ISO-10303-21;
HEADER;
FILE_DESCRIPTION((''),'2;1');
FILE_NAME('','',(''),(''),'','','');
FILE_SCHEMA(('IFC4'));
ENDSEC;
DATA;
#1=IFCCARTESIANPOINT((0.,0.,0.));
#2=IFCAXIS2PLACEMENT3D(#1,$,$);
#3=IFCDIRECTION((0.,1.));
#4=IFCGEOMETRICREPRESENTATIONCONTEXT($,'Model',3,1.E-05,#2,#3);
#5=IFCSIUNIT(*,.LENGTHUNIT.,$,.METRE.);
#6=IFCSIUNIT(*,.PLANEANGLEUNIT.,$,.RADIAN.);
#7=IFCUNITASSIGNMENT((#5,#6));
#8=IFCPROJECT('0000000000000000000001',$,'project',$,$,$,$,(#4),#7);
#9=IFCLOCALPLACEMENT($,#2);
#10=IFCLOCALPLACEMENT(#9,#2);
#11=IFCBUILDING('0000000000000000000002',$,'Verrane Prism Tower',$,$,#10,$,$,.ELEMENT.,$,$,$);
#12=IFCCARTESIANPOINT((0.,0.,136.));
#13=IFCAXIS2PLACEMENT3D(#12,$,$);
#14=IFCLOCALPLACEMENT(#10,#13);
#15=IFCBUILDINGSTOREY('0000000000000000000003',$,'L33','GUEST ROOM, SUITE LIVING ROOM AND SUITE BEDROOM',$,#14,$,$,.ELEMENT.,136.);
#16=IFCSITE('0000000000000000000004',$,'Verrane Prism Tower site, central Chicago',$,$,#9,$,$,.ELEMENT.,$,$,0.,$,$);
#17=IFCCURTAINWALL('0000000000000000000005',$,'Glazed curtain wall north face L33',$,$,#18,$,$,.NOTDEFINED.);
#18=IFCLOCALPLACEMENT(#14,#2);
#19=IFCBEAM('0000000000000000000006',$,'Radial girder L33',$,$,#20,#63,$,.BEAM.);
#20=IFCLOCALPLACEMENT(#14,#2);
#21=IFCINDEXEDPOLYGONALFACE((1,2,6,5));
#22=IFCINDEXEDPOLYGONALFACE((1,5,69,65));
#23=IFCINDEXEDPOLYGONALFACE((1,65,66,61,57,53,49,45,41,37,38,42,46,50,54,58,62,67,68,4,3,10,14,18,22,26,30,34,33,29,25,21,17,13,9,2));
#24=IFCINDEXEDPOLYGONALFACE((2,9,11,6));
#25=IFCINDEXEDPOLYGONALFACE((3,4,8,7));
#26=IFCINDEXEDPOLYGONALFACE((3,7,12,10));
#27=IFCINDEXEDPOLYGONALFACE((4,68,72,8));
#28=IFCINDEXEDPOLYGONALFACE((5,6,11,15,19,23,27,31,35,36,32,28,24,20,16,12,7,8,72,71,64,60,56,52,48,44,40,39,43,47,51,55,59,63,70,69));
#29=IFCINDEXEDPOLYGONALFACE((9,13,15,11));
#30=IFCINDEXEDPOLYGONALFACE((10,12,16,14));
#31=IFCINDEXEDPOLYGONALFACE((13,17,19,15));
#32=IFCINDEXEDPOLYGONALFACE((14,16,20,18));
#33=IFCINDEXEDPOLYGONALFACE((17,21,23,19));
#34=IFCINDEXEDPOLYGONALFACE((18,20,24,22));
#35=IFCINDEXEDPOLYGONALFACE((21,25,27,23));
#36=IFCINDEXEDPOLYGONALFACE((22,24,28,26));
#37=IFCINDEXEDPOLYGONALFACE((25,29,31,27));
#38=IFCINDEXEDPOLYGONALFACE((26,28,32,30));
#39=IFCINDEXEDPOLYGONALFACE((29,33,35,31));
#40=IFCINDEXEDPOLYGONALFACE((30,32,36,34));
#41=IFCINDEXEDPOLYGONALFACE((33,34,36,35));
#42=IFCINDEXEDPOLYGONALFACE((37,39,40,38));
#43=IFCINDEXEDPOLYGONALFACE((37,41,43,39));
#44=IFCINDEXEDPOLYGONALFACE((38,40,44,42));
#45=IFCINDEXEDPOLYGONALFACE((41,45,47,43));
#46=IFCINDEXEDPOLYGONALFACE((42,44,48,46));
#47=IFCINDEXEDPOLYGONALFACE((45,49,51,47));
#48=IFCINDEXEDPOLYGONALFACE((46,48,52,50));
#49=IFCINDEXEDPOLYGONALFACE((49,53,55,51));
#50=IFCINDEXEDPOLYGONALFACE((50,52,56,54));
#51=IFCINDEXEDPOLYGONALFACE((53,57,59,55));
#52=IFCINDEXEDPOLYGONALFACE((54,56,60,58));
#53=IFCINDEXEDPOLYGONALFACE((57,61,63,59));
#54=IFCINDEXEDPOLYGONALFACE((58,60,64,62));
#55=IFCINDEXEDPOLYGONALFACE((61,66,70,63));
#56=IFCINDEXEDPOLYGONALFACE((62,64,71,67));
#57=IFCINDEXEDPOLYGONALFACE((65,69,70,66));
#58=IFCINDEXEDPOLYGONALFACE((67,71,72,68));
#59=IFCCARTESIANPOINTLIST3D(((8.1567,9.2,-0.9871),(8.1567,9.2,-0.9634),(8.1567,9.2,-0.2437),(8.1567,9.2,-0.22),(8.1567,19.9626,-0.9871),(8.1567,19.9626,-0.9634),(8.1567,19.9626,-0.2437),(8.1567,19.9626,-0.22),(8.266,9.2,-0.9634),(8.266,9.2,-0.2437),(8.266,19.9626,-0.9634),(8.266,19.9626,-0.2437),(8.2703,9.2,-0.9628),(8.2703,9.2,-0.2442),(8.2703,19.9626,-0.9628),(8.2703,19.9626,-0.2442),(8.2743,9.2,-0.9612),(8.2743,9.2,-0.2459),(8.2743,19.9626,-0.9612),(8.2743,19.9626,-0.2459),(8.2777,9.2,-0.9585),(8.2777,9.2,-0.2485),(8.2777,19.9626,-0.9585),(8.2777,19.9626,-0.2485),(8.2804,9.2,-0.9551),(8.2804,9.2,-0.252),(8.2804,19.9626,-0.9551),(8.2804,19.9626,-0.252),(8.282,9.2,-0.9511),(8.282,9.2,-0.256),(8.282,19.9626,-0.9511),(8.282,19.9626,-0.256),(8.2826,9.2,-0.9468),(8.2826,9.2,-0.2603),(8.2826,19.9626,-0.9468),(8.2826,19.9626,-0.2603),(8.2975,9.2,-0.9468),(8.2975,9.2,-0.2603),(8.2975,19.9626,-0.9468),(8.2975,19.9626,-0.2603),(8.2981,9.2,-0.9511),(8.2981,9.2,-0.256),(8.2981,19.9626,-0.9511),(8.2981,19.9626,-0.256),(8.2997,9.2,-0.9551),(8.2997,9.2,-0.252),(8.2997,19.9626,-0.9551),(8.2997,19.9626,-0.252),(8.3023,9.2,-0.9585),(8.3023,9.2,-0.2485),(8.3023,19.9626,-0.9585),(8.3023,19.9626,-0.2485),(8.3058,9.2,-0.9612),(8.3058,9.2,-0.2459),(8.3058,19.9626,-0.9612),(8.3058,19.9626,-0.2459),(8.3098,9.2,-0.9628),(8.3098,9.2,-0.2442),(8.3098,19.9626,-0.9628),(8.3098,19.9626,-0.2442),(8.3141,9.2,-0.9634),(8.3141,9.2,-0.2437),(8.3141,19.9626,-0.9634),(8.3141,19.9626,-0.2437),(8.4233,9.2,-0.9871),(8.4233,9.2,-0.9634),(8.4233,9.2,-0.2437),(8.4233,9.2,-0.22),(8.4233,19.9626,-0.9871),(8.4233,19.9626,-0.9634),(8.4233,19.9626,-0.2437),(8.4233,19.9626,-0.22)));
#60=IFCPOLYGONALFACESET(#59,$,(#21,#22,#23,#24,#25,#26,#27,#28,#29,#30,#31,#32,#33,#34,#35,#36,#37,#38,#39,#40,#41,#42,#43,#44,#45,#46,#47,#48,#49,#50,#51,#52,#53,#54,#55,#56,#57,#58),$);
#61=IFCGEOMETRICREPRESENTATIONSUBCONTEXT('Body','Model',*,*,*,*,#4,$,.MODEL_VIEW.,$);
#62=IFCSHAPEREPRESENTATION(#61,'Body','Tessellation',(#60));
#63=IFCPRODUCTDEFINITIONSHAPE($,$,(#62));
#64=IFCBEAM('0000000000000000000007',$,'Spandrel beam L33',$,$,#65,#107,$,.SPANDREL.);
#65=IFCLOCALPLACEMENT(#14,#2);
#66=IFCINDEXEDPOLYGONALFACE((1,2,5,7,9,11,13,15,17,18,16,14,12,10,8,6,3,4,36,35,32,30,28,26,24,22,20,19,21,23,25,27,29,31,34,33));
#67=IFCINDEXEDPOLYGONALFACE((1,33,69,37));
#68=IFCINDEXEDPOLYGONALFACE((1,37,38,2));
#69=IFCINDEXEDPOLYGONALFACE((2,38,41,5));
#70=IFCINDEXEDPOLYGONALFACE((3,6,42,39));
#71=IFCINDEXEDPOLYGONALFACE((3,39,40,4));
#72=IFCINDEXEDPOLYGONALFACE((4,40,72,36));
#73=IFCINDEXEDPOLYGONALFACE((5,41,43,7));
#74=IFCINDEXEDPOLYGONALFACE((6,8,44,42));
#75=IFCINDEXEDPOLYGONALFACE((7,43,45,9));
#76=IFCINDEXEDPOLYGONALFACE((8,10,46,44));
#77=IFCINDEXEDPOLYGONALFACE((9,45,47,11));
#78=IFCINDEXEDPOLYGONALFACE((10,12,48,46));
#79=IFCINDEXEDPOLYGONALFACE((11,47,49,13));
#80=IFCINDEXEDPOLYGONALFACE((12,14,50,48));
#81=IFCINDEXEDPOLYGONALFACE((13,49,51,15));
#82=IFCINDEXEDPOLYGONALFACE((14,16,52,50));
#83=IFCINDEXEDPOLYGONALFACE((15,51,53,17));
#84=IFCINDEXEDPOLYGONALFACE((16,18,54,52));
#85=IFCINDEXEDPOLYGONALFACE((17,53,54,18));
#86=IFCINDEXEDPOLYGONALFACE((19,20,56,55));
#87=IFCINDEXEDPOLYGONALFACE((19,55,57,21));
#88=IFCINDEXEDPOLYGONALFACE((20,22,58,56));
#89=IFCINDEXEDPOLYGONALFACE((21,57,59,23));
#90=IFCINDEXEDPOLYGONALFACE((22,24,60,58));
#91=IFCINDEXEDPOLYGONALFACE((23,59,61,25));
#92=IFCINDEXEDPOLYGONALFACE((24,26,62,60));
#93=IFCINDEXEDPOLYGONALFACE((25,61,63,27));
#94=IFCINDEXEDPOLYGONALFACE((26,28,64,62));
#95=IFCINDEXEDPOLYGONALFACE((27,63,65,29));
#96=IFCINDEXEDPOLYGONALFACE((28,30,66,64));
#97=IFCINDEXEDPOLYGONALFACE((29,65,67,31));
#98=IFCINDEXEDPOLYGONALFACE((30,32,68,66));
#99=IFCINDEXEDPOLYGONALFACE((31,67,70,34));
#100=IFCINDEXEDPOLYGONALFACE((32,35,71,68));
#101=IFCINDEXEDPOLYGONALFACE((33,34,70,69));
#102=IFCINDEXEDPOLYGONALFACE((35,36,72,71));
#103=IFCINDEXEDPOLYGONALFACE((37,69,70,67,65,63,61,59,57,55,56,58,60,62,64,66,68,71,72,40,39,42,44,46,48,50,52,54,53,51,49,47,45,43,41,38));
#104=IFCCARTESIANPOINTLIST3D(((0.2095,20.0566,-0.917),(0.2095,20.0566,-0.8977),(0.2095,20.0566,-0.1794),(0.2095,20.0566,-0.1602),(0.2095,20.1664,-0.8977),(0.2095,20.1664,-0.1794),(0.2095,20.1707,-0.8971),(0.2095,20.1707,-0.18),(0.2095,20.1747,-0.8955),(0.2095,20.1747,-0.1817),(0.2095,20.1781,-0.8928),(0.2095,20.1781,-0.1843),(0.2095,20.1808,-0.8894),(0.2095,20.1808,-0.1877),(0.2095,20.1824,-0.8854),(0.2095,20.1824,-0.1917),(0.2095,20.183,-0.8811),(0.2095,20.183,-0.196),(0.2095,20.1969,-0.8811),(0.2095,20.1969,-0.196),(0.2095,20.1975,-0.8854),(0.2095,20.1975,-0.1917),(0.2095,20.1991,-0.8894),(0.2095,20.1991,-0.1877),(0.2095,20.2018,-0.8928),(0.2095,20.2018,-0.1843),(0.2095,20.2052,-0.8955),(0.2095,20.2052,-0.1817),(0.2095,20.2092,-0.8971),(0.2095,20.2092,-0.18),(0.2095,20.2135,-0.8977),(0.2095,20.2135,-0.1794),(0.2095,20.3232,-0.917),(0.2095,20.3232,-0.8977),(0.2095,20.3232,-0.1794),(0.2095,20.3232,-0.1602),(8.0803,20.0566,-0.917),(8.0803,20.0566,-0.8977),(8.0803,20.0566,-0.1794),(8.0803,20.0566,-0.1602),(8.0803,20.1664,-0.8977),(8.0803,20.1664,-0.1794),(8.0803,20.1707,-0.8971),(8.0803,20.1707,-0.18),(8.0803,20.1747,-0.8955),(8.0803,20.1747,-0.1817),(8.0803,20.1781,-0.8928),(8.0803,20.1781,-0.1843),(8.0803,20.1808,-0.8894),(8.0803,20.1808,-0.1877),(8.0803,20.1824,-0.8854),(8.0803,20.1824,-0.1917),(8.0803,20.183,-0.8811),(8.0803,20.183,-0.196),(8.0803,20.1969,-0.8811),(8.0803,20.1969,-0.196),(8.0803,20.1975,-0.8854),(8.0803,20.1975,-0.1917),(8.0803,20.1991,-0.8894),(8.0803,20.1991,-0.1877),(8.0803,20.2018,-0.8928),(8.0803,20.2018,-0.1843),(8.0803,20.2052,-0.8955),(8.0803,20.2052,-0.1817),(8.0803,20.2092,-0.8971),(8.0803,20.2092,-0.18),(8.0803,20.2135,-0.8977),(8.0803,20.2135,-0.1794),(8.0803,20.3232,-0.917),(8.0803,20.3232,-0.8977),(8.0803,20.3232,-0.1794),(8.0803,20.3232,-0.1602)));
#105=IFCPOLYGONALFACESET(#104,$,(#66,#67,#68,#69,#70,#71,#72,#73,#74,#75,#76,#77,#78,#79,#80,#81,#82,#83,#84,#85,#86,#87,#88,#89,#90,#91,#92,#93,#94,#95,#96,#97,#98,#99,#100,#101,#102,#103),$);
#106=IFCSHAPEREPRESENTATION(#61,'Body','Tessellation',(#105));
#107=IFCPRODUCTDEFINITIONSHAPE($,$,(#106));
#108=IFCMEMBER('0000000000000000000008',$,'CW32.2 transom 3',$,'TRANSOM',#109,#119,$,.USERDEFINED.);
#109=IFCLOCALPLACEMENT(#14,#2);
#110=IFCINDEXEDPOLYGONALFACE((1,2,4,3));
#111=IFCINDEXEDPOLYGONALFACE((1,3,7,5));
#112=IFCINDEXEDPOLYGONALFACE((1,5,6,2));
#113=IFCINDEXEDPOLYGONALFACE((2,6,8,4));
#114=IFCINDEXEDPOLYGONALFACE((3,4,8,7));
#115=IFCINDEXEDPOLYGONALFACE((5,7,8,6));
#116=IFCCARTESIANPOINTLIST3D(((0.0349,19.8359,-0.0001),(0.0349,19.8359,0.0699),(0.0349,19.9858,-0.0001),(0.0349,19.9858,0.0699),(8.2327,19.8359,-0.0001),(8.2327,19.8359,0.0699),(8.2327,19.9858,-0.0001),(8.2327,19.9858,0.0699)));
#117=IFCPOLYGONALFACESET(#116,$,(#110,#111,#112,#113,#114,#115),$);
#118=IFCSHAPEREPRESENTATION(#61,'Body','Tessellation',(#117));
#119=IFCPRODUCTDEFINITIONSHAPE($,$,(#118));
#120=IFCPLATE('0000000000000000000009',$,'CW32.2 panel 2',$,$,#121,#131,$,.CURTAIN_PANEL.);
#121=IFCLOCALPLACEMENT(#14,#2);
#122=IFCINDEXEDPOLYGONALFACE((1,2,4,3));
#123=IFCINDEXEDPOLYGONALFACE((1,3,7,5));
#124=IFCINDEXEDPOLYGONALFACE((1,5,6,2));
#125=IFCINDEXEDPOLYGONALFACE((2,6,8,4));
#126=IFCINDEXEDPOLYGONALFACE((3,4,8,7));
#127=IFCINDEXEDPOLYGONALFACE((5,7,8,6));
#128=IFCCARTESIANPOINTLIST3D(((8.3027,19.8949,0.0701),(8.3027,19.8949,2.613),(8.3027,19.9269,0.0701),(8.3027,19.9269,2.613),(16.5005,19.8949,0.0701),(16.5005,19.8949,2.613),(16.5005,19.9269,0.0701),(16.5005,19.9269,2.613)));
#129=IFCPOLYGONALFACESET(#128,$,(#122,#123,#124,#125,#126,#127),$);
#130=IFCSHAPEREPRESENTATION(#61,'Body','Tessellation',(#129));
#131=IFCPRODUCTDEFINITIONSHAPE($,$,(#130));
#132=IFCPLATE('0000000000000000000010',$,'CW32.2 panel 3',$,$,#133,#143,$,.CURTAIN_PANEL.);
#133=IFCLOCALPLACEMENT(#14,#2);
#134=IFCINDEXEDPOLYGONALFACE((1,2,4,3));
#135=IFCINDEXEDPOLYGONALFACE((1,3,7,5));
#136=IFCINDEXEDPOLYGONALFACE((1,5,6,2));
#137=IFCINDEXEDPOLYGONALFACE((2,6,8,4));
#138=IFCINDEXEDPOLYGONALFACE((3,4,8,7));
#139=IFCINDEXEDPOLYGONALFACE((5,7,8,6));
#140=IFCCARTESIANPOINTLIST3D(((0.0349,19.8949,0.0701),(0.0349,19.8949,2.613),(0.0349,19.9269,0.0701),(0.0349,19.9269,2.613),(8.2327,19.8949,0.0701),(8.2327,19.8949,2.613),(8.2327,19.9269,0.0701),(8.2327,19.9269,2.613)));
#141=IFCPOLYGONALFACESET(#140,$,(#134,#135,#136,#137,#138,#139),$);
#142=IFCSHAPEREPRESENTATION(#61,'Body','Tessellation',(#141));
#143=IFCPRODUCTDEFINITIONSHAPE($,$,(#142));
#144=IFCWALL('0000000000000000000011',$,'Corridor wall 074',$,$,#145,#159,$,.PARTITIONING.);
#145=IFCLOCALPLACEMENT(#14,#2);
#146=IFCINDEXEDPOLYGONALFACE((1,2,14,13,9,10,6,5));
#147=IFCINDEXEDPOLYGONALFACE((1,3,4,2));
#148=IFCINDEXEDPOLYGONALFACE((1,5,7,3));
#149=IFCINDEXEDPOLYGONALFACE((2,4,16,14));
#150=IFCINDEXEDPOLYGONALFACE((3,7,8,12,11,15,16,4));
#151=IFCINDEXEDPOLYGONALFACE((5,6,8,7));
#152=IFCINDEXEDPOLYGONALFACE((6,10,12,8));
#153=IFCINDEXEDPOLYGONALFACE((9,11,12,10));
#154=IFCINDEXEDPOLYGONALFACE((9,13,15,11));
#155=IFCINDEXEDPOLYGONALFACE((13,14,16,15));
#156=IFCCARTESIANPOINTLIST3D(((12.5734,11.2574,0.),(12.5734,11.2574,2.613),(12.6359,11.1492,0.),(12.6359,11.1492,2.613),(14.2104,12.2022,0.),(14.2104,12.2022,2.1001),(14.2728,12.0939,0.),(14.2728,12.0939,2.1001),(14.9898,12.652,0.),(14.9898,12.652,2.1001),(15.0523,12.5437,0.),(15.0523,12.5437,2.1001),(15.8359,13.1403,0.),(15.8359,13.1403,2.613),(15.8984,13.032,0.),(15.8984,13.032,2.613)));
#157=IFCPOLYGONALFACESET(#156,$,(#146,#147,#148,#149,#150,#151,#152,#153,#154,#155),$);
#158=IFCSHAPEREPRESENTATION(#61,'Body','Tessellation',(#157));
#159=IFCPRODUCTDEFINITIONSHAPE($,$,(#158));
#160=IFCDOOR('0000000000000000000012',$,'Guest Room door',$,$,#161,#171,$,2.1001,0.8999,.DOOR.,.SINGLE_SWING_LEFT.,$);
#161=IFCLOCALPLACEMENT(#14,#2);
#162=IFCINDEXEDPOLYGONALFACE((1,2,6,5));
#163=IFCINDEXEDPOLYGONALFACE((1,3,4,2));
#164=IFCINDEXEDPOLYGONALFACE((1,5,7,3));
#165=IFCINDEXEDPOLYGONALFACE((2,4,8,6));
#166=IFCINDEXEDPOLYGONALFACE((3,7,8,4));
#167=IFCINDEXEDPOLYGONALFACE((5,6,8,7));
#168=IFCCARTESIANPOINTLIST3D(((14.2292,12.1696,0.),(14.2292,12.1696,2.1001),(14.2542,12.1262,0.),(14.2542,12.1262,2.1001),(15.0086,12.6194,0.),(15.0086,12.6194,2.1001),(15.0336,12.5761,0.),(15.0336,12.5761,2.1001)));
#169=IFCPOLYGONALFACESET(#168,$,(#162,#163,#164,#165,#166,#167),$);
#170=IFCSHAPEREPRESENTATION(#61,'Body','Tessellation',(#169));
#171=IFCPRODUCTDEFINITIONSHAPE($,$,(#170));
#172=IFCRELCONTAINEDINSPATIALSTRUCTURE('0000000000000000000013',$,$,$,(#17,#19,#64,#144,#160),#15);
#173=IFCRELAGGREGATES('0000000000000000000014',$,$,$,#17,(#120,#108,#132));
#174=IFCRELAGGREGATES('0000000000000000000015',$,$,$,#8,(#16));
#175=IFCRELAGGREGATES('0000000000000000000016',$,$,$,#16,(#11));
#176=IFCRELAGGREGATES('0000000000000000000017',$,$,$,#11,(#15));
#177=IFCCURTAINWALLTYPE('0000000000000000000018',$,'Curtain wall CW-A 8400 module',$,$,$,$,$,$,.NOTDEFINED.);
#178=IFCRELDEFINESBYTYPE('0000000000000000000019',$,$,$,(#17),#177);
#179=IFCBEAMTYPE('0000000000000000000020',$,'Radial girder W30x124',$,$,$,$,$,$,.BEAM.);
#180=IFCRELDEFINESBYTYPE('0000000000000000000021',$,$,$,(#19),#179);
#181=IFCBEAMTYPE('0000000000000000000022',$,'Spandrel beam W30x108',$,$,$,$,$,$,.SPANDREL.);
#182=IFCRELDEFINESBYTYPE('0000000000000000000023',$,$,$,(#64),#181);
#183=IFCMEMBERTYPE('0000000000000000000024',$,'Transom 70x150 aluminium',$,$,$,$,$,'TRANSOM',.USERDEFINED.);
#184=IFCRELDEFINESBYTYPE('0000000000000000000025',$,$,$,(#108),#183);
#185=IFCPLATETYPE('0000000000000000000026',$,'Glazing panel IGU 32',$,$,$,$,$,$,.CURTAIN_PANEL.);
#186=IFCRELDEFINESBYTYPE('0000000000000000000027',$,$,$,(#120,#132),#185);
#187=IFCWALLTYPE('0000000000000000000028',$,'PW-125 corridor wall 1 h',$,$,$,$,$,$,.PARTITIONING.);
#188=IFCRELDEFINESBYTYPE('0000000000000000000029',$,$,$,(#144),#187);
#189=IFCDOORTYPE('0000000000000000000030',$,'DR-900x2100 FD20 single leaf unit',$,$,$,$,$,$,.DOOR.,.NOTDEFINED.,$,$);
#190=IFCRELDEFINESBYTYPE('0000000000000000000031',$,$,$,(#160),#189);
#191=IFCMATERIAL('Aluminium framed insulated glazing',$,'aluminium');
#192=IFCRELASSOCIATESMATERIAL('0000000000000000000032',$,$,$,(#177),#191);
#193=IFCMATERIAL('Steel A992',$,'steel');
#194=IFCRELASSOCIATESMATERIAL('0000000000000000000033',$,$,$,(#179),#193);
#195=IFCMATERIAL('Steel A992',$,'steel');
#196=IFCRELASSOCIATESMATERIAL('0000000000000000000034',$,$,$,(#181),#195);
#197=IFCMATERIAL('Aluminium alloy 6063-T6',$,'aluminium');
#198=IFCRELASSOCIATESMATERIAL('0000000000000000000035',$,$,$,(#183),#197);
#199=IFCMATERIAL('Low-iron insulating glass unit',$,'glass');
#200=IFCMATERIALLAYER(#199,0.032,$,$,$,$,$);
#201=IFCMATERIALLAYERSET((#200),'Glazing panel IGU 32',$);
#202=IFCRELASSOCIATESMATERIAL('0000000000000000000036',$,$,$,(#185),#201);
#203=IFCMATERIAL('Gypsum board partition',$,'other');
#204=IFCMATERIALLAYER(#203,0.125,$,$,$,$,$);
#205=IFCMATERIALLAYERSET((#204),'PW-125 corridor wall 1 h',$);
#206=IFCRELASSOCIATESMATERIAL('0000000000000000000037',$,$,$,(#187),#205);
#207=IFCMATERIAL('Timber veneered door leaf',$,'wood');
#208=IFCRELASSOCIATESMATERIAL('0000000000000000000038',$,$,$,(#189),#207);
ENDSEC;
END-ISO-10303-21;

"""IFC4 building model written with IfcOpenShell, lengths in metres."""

from ifc_helpers import new_model, si_unit, direction, frame, frame_2d, origin, origin_2d, place, context, subcontext, project, spatial, rectangle, i_section, extrude, material, layer, layer_set, material_profile, profile_set, type_object, element, fill, aggregate, save


model = new_model("IFC4")

# Units and contexts
model_context = context("Model", 3, precision=1e-05, world=origin(), true_north=direction((0.0, 1.0)))
body_context = subcontext(model_context, "Body", "Model", "MODEL_VIEW")
ifc_project = project(units=[si_unit("LENGTHUNIT", "METRE"), si_unit("PLANEANGLEUNIT", "RADIAN")], contexts=[model_context])

# Site, building, storey
site_placement = place(None, origin())
site = spatial("IfcSite", under=ifc_project, at=site_placement, Name="Verrane Prism Tower site, central Chicago", CompositionType="ELEMENT", RefElevation=0.0)
building_placement = place(site_placement, origin())
building = spatial("IfcBuilding", under=site, at=building_placement, Name="Verrane Prism Tower", CompositionType="ELEMENT")
storey_placement = place(building_placement, frame((0.0, 0.0, 136.0)))
storey = spatial("IfcBuildingStorey", under=building, at=storey_placement, Name="L33", Description="GUEST ROOM, SUITE LIVING ROOM AND SUITE BEDROOM", CompositionType="ELEMENT", Elevation=136.0)

# Curtain wall
ifc_material_1 = material(Name="Aluminium framed insulated glazing", Category="aluminium")
curtain_wall_type = type_object("IfcCurtainWallType", Name="Curtain wall CW-A 8400 module", PredefinedType="NOTDEFINED", material=ifc_material_1)
curtain_wall_placement = place(storey_placement, origin())
curtain_wall = element("IfcCurtainWall", 1, at=curtain_wall_placement, inside=storey, type_object=curtain_wall_type, Name="Glazed curtain wall north face L33", PredefinedType="NOTDEFINED")

# Beams
ifc_material_2 = material(Name="Steel A992", Category="steel")
ifc_material_profile_1 = material_profile(ifc_material_2, i_section(OverallWidth=0.2666, OverallDepth=0.7671, WebThickness=0.0149, FlangeThickness=0.0237, FilletRadius=0.0166, at=origin_2d()), Name="W30x124")
ifc_profile_set_1 = profile_set([ifc_material_profile_1], Name="Steel A992")
beam_type_1 = type_object("IfcBeamType", Name="Radial girder W30x124", PredefinedType="BEAM", material=ifc_profile_set_1)
beam_1_placement = place(storey_placement, frame((8.29, 19.9626, -0.6035), z_axis=(0.0, -1.0, 0.0), x_axis=(1.0, 0.0, 0.0)))
element("IfcBeam", 2, at=beam_1_placement, inside=storey, type_object=beam_type_1, Name="Radial girder L33", PredefinedType="BEAM", context=body_context, shape_type="SweptSolid", body=[
    extrude(i_section(OverallWidth=0.2666, OverallDepth=0.7671, WebThickness=0.0149, FlangeThickness=0.0237, FilletRadius=0.0166, at=origin_2d()), origin(), (0.0, 0.0, 1.0), 10.7627),
])
ifc_material_3 = material(Name="Steel A992", Category="steel")
ifc_material_profile_2 = material_profile(ifc_material_3, i_section(OverallWidth=0.2666, OverallDepth=0.7568, WebThickness=0.0139, FlangeThickness=0.0193, FilletRadius=0.0166, at=origin_2d()), Name="W30x108")
ifc_profile_set_2 = profile_set([ifc_material_profile_2], Name="Steel A992")
beam_type_2 = type_object("IfcBeamType", Name="Spandrel beam W30x108", PredefinedType="SPANDREL", material=ifc_profile_set_2)
beam_2_placement = place(storey_placement, frame((8.0803, 20.1899, -0.5386), z_axis=(-1.0, 0.0, 0.0), x_axis=(0.0, -1.0, 0.0)))
element("IfcBeam", 3, at=beam_2_placement, inside=storey, type_object=beam_type_2, Name="Spandrel beam L33", PredefinedType="SPANDREL", context=body_context, shape_type="SweptSolid", body=[
    extrude(i_section(OverallWidth=0.2666, OverallDepth=0.7568, WebThickness=0.0139, FlangeThickness=0.0193, FilletRadius=0.0166, at=origin_2d()), origin(), (0.0, 0.0, 1.0), 7.8708),
])

# Member
ifc_material_4 = material(Name="Aluminium alloy 6063-T6", Category="aluminium")
ifc_material_profile_3 = material_profile(ifc_material_4, rectangle(XDim=0.1499, YDim=0.0701, at=origin_2d()), Name="Transom 70x150 aluminium")
ifc_profile_set_3 = profile_set([ifc_material_profile_3], Name="Aluminium alloy 6063-T6")
member_type_1 = type_object("IfcMemberType", Name="Transom 70x150 aluminium", ElementType="TRANSOM", PredefinedType="USERDEFINED", material=ifc_profile_set_3)
member_1_placement = place(storey_placement, frame((8.2327, 19.9109, 0.0349), z_axis=(-1.0, 0.0, 0.0), x_axis=(0.0, -1.0, 0.0)))
member_1 = element("IfcMember", 4, at=member_1_placement, type_object=member_type_1, Name="CW32.2 transom 3", ObjectType="TRANSOM", PredefinedType="USERDEFINED", context=body_context, shape_type="SweptSolid", body=[
    extrude(rectangle(XDim=0.1499, YDim=0.0701, at=origin_2d()), origin(), (0.0, 0.0, 1.0), 8.1978),
])

# Plates
ifc_material_5 = material(Name="Low-iron insulating glass unit", Category="glass")
ifc_layer_1 = layer(ifc_material_5, 0.032)
ifc_layer_set_1 = layer_set([ifc_layer_1], Name="Glazing panel IGU 32")
plate_type = type_object("IfcPlateType", Name="Glazing panel IGU 32", PredefinedType="CURTAIN_PANEL", material=ifc_layer_set_1)
plate_1_placement = place(storey_placement, frame((12.4016, 19.9109, 0.0701), z_axis=(0.0, 0.0, 1.0), x_axis=(-1.0, 0.0, 0.0)))
plate_1 = element("IfcPlate", 5, at=plate_1_placement, type_object=plate_type, Name="CW32.2 panel 2", PredefinedType="CURTAIN_PANEL", context=body_context, shape_type="SweptSolid", body=[
    extrude(rectangle(XDim=8.1978, YDim=0.032, at=origin_2d()), origin(), (0.0, 0.0, 1.0), 2.543),
])
plate_2_placement = place(storey_placement, frame((4.1338, 19.9109, 0.0701), z_axis=(0.0, 0.0, 1.0), x_axis=(-1.0, 0.0, 0.0)))
plate_2 = element("IfcPlate", 6, at=plate_2_placement, type_object=plate_type, Name="CW32.2 panel 3", PredefinedType="CURTAIN_PANEL", context=body_context, shape_type="SweptSolid", body=[
    extrude(rectangle(XDim=8.1978, YDim=0.032, at=origin_2d()), origin(), (0.0, 0.0, 1.0), 2.543),
])
aggregate(curtain_wall, [plate_1, member_1, plate_2])

# Wall, opening, door
ifc_material_6 = material(Name="Gypsum board partition", Category="other")
ifc_layer_2 = layer(ifc_material_6, 0.125)
ifc_layer_set_2 = layer_set([ifc_layer_2], Name="PW-125 corridor wall 1 h")
wall_type_1 = type_object("IfcWallType", Name="PW-125 corridor wall 1 h", PredefinedType="PARTITIONING", material=ifc_layer_set_2)
wall_1_placement = place(storey_placement, frame((12.6047, 11.2034, 0.0), z_axis=(0.0, 0.0, 1.0), x_axis=(0.866113, 0.499848, 0.0)))
wall_1 = element("IfcWall", 7, at=wall_1_placement, inside=storey, type_object=wall_type_1, Name="Corridor wall 074", PredefinedType="PARTITIONING", context=body_context, shape_type="SweptSolid", body=[
    extrude(rectangle(XDim=3.7668, YDim=0.125, at=frame_2d((1.8833, 0.0))), origin(), (0.0, 0.0, 1.0), 2.613),
])
opening_1_placement = place(wall_1_placement, frame((1.8899, 0.0, 0.0)))
opening_1 = element("IfcOpeningElement", 8, at=opening_1_placement, cuts=wall_1, PredefinedType="OPENING", context=body_context, shape_type="SweptSolid", body=[
    extrude(rectangle(XDim=0.8999, YDim=2.1001, at=frame_2d((0.45, 1.05))), frame((0.0, 0.0725, 0.0), z_axis=(0.0, -1.0, 0.0), x_axis=(1.0, 0.0, 0.0)), (0.0, 0.0, 1.0), 0.145),
])
ifc_material_7 = material(Name="Timber veneered door leaf", Category="wood")
door_type_1 = type_object("IfcDoorType", Name="DR-900x2100 FD20 single leaf unit", OperationType="NOTDEFINED", PredefinedType="DOOR", material=ifc_material_7)
door_1_placement = place(opening_1_placement, origin())
door_1 = element("IfcDoor", 9, at=door_1_placement, inside=storey, type_object=door_type_1, Name="Guest Room door", OperationType="SINGLE_SWING_LEFT", OverallHeight=2.1001, OverallWidth=0.8999, PredefinedType="DOOR", context=body_context, shape_type="SweptSolid", body=[
    extrude(rectangle(XDim=0.8999, YDim=2.1001, at=frame_2d((0.45, 1.05))), frame((0.0, 0.0249, 0.0), z_axis=(0.0, -1.0, 0.0), x_axis=(1.0, 0.0, 0.0)), (0.0, 0.0, 1.0), 0.05),
])
fill(opening_1, door_1)

save(model, "model.ifc")
